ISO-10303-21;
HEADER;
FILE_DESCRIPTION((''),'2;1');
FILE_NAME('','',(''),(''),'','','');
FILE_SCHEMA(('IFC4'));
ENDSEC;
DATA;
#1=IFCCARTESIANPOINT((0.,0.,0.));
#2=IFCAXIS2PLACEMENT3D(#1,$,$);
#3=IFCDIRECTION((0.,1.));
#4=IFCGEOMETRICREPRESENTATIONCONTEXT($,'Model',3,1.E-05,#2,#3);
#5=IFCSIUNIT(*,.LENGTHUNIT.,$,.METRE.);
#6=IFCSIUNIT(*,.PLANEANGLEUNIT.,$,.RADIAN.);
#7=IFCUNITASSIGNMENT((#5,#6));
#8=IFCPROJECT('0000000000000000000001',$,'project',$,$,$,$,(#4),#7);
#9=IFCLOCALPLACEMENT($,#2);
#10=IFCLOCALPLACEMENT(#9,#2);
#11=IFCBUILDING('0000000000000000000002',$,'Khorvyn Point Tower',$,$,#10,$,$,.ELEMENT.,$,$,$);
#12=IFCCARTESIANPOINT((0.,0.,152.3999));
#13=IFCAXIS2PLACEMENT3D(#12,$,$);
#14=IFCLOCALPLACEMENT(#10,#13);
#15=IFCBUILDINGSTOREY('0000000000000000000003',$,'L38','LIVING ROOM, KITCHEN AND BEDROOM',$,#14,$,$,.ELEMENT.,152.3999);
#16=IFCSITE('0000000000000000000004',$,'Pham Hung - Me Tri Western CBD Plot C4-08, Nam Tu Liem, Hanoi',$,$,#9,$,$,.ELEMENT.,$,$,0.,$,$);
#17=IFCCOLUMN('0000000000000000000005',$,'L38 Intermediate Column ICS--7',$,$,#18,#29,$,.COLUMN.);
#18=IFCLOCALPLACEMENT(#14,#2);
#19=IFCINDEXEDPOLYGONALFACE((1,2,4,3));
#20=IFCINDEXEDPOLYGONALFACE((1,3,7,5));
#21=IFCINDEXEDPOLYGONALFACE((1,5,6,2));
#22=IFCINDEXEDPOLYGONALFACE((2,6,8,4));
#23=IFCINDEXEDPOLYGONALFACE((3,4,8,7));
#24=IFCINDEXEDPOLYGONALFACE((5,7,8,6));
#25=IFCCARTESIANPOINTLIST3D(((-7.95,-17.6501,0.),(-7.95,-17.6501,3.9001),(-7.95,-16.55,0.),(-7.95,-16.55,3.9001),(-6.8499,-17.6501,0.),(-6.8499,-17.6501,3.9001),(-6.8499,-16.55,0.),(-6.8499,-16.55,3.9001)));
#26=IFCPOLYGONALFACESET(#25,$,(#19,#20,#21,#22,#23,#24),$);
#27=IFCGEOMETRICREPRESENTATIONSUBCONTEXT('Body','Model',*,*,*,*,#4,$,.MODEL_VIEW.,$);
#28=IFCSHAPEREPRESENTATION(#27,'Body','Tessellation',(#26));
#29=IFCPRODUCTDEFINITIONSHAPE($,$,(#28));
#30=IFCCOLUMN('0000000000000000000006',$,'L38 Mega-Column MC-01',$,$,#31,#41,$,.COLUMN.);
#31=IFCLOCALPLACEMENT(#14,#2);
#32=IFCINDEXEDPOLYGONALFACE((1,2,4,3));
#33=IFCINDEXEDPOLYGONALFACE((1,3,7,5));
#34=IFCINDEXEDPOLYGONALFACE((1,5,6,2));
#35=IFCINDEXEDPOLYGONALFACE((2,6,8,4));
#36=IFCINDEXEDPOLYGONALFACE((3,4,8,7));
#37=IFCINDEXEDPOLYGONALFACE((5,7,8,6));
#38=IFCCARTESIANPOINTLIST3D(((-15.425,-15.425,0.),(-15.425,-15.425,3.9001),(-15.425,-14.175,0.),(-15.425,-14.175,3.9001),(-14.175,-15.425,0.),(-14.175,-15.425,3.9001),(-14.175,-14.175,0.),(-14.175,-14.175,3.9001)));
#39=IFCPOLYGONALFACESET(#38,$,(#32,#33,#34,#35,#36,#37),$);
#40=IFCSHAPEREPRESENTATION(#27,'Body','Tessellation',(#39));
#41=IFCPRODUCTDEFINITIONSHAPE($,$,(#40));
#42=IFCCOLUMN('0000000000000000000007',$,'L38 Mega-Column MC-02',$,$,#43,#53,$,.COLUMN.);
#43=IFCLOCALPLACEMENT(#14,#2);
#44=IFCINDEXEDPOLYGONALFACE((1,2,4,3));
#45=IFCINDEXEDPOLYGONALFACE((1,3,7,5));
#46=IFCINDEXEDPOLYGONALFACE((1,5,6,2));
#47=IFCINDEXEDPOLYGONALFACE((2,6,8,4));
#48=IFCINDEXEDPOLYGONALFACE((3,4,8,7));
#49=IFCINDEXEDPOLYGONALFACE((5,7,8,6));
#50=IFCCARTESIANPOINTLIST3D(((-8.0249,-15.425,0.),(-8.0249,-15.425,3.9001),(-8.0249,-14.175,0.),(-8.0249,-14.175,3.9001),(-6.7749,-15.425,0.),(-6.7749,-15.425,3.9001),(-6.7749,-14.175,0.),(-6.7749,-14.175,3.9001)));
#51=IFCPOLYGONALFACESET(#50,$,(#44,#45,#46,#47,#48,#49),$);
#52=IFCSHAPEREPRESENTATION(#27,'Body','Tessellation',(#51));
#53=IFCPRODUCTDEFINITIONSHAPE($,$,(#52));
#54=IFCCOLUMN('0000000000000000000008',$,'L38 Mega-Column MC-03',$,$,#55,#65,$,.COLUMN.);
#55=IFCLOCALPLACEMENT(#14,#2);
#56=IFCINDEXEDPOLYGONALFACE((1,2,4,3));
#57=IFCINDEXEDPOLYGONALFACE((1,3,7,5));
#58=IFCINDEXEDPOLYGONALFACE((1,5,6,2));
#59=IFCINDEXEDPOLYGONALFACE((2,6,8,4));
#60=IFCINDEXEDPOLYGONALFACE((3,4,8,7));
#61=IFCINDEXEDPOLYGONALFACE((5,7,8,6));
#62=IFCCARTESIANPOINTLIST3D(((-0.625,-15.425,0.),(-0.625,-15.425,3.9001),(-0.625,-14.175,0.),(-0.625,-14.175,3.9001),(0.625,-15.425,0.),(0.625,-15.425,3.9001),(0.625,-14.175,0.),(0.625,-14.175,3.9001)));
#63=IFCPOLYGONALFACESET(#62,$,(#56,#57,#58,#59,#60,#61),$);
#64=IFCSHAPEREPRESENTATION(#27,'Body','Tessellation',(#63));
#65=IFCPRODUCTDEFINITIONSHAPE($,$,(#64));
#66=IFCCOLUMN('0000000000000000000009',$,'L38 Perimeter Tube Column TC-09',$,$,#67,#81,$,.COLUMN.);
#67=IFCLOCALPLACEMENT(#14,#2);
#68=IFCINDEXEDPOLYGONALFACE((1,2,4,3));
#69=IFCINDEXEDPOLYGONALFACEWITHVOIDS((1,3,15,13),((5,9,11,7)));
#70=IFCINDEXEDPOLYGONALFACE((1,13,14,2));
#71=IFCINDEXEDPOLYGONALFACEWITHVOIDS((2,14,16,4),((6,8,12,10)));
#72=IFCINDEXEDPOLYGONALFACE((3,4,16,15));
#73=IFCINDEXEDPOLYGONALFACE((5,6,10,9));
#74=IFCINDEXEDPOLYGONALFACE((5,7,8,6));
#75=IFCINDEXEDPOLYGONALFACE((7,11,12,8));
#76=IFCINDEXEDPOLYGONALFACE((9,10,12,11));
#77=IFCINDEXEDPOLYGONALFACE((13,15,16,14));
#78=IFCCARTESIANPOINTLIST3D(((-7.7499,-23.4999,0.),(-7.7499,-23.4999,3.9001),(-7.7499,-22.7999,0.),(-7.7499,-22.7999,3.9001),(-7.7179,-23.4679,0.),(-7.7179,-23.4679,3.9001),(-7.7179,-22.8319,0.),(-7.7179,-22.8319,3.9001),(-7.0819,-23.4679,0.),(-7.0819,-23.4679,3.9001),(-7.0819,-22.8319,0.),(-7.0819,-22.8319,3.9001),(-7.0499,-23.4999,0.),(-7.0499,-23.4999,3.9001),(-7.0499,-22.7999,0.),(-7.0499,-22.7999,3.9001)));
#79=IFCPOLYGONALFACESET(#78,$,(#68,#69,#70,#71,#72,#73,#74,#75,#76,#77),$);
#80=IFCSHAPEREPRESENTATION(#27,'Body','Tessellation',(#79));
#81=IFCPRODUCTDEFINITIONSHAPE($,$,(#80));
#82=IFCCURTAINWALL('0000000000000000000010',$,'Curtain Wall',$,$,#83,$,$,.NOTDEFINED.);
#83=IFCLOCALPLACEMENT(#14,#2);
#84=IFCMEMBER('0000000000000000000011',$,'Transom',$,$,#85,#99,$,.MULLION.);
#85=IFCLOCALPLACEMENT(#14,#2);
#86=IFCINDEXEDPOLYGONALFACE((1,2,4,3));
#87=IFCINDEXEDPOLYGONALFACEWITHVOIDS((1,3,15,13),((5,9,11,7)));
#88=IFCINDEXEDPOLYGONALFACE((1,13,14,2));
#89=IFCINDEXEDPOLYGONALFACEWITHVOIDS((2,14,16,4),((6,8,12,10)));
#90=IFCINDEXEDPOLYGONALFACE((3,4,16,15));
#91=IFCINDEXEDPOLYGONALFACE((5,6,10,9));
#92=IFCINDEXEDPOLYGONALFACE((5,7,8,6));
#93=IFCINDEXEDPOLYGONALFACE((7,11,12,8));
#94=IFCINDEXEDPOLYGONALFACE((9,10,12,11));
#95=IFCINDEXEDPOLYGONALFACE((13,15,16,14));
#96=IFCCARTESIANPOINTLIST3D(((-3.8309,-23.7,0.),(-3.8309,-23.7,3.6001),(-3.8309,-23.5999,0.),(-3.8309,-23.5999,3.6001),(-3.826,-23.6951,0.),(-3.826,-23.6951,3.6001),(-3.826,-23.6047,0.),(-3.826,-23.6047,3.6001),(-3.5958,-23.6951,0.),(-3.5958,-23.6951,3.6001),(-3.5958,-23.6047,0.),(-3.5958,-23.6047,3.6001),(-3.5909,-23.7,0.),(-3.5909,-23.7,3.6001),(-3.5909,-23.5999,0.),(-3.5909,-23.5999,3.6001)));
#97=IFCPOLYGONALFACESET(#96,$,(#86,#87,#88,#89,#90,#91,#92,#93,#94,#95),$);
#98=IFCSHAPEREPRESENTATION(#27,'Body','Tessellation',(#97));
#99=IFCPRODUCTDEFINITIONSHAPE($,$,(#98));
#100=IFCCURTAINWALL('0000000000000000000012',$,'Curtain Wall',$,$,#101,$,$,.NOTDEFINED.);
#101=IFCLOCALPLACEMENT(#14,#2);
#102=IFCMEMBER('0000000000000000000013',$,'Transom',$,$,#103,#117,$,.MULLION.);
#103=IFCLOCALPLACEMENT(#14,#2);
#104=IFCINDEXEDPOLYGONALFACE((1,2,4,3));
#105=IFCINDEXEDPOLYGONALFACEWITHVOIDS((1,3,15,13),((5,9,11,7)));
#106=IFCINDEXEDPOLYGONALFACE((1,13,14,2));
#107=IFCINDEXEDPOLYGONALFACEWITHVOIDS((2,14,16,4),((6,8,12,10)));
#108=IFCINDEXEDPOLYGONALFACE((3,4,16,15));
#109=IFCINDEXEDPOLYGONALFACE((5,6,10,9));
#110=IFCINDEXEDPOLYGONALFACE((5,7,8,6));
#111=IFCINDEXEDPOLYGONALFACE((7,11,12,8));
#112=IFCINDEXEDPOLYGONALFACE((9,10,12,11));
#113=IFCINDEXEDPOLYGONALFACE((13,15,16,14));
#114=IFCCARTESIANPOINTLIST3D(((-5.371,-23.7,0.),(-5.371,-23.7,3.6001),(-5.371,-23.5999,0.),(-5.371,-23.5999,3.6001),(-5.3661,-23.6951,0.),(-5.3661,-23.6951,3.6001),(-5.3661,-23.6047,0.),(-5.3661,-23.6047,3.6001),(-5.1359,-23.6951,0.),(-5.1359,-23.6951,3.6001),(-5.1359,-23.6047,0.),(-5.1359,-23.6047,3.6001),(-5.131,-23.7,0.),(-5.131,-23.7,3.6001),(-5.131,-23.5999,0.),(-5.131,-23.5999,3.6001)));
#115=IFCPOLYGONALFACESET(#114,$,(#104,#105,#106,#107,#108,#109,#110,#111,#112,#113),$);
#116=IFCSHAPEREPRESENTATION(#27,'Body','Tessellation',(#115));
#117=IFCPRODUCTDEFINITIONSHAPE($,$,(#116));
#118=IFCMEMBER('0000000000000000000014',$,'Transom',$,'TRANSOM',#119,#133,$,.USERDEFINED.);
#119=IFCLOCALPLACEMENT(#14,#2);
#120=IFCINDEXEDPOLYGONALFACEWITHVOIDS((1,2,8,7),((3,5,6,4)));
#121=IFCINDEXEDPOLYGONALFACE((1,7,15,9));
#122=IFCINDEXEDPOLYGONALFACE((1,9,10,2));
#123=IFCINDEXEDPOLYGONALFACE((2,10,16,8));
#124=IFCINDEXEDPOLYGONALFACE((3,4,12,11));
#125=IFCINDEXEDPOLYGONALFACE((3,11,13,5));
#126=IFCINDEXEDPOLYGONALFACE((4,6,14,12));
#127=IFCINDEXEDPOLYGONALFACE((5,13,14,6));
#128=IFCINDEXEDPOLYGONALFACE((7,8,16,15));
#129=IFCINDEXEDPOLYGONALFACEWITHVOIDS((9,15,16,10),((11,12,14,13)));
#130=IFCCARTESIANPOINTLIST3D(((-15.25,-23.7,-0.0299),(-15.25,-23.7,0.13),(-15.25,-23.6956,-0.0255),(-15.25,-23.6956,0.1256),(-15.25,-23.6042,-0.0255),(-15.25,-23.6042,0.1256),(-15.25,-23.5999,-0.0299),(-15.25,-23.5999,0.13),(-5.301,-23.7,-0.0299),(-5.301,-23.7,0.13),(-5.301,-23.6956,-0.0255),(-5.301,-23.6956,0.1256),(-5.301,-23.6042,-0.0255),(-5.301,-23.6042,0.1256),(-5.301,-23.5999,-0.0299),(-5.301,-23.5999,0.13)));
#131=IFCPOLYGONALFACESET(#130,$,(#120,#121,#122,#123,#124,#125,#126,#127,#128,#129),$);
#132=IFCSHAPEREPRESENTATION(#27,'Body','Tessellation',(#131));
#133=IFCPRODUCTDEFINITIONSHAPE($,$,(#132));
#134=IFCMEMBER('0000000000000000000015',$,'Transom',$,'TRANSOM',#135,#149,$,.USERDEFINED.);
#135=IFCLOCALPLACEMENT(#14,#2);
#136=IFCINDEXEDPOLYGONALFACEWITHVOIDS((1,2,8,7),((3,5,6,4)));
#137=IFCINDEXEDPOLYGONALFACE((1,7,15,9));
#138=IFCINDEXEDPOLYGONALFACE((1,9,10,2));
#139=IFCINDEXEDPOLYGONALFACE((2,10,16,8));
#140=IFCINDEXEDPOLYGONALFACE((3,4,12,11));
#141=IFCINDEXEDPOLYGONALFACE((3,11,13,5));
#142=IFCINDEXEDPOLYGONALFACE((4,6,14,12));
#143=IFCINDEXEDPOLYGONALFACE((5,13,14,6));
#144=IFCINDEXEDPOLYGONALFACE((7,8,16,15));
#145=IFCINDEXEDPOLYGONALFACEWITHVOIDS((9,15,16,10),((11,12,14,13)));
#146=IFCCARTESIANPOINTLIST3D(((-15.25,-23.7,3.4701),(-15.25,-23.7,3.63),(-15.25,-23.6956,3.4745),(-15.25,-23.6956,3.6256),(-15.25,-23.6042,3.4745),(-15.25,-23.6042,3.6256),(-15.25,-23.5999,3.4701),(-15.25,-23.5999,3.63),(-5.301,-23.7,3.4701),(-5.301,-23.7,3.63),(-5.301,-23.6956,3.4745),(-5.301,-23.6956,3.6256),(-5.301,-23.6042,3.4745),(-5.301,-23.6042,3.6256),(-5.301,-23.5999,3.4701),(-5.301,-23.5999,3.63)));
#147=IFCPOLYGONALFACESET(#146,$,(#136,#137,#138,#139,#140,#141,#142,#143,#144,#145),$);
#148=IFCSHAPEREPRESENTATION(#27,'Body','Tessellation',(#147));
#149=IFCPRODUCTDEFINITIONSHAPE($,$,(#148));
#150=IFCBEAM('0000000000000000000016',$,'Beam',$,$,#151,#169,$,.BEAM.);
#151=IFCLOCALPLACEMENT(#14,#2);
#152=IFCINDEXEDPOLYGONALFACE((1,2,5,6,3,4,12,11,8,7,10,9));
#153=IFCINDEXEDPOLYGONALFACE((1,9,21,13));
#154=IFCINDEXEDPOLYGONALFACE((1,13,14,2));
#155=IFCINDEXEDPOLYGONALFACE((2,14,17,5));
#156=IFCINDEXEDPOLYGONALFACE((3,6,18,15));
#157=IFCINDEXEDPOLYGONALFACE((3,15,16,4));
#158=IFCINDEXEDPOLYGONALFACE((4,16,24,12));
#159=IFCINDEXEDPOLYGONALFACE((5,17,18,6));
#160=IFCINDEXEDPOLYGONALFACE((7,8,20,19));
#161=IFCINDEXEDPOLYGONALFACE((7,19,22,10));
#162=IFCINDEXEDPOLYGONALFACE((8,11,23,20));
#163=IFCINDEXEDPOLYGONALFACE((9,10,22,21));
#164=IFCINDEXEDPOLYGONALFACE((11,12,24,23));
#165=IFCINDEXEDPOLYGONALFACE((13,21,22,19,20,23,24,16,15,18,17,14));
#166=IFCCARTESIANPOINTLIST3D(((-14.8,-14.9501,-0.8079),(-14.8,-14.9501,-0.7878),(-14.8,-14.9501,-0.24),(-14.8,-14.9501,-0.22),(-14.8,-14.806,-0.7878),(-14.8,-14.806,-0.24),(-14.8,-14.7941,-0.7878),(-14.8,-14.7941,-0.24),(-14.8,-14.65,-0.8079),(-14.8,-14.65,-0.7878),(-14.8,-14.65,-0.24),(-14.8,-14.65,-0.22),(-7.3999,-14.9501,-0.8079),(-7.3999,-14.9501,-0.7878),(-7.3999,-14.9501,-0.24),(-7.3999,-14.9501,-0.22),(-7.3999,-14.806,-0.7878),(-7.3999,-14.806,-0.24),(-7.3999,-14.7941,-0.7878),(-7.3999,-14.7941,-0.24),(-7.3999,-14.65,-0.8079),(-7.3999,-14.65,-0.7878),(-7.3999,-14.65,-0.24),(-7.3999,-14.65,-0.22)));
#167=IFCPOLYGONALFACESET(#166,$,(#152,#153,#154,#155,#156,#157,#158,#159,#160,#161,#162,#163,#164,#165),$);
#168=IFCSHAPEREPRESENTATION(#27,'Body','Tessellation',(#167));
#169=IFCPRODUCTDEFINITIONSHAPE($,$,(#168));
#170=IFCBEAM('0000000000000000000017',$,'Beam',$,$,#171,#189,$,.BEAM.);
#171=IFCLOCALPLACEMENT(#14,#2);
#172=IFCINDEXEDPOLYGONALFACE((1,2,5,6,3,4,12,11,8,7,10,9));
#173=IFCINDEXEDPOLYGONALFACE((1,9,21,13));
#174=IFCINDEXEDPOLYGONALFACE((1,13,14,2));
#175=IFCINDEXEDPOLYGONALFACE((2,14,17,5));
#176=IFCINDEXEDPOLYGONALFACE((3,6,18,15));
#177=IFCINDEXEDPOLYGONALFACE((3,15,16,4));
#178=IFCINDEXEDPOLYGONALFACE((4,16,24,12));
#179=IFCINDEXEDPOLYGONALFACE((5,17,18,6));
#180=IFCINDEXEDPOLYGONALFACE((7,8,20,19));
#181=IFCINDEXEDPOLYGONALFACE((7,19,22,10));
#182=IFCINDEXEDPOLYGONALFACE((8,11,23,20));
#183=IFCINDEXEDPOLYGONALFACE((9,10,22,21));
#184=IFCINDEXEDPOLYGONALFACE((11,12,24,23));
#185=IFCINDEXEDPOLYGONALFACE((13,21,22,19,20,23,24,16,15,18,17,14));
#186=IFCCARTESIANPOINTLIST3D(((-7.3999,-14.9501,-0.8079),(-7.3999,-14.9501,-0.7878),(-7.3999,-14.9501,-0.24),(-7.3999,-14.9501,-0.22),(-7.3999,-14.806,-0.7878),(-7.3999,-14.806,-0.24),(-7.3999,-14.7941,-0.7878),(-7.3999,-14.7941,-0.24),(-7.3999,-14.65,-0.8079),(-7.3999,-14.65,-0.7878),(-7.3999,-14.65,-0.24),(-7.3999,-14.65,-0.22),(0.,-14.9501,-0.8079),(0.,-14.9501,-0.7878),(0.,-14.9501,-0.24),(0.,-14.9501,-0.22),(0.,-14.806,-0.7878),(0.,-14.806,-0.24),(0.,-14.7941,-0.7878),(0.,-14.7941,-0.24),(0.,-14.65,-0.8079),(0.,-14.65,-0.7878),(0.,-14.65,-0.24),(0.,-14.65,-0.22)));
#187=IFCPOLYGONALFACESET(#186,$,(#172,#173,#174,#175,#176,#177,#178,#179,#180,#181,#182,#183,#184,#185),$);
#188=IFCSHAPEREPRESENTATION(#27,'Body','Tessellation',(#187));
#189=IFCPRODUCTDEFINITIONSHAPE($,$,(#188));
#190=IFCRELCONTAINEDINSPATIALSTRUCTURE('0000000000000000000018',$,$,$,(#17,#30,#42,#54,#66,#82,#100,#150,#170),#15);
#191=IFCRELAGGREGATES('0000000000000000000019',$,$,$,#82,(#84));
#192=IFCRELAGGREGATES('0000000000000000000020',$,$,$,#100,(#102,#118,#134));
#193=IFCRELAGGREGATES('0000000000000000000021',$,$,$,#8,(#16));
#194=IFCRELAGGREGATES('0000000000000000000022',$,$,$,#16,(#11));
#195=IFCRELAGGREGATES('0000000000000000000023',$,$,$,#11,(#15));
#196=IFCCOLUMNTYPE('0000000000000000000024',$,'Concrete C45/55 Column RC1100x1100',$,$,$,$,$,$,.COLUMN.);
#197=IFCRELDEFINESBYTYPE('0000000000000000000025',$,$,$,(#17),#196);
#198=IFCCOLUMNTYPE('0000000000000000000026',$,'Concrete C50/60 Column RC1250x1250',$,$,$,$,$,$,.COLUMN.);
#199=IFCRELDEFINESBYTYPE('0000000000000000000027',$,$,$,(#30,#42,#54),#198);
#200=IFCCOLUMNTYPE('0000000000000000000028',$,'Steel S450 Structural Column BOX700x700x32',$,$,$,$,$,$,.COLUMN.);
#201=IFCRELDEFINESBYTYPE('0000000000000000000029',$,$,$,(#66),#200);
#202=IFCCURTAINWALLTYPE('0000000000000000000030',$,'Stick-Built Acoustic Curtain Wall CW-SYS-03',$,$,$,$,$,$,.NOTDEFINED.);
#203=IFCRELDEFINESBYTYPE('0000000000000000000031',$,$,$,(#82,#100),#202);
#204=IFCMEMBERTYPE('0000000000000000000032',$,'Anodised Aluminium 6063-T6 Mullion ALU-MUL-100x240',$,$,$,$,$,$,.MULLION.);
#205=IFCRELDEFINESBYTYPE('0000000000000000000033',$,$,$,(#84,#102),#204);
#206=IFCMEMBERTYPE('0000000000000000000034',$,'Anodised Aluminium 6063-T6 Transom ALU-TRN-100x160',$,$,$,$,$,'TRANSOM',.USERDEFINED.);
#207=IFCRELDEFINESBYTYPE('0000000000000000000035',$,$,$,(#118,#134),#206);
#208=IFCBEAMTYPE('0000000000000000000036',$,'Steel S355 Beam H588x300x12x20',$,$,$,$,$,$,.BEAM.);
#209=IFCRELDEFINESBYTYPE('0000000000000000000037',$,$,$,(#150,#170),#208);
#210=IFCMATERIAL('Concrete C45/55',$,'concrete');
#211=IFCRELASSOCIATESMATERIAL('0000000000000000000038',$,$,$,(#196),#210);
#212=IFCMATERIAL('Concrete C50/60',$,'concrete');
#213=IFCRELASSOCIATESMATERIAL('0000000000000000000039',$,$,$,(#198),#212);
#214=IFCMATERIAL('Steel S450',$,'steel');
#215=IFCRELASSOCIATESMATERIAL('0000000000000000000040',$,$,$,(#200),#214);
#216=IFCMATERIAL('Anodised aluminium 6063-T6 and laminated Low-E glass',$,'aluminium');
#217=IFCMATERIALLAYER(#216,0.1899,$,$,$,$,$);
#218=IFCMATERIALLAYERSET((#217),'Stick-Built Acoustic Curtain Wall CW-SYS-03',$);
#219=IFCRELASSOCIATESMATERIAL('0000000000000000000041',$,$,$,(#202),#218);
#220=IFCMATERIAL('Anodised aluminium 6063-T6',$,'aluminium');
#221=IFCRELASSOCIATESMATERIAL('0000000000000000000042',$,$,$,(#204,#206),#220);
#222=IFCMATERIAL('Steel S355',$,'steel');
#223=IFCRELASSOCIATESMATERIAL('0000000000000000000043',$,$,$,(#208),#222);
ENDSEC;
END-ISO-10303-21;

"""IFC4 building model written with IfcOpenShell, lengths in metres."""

from ifc_helpers import new_model, si_unit, direction, frame, origin, origin_2d, place, context, subcontext, project, spatial, rectangle, hollow_rectangle, i_section, extrude, material, layer, layer_set, material_profile, profile_set, type_object, element, aggregate, save


model = new_model("IFC4")

# Units and contexts
model_context = context("Model", 3, precision=1e-05, world=origin(), true_north=direction((0.0, 1.0)))
body_context = subcontext(model_context, "Body", "Model", "MODEL_VIEW")
ifc_project = project(units=[si_unit("LENGTHUNIT", "METRE"), si_unit("PLANEANGLEUNIT", "RADIAN")], contexts=[model_context])

# Site, building, storey
site_placement = place(None, origin())
site = spatial("IfcSite", under=ifc_project, at=site_placement, Name="Pham Hung - Me Tri Western CBD Plot C4-08, Nam Tu Liem, Hanoi", CompositionType="ELEMENT", RefElevation=0.0)
building_placement = place(site_placement, origin())
building = spatial("IfcBuilding", under=site, at=building_placement, Name="Khorvyn Point Tower", CompositionType="ELEMENT")
storey_placement = place(building_placement, frame((0.0, 0.0, 152.3999)))
storey = spatial("IfcBuildingStorey", under=building, at=storey_placement, Name="L38", Description="LIVING ROOM, KITCHEN AND BEDROOM", CompositionType="ELEMENT", Elevation=152.3999)

# Columns
ifc_material_1 = material(Name="Concrete C45/55", Category="concrete")
ifc_material_profile_1 = material_profile(ifc_material_1, rectangle(XDim=1.1001, YDim=1.1001, at=origin_2d()))
ifc_profile_set_1 = profile_set([ifc_material_profile_1], Name="Concrete C45/55 RC1100x1100")
column_type_1 = type_object("IfcColumnType", Name="Concrete C45/55 Column RC1100x1100", PredefinedType="COLUMN", material=ifc_profile_set_1)
column_1_placement = place(storey_placement, frame((-7.3999, -17.1001, 0.0), z_axis=(0.0, 0.0, 1.0), x_axis=(1.0, 0.0, 0.0)))
element("IfcColumn", 1, at=column_1_placement, inside=storey, type_object=column_type_1, Name="L38 Intermediate Column ICS--7", PredefinedType="COLUMN", context=body_context, shape_type="SweptSolid", body=[
    extrude(rectangle(XDim=1.1001, YDim=1.1001, at=origin_2d()), origin(), (0.0, 0.0, 1.0), 3.9001),
])
ifc_material_2 = material(Name="Concrete C50/60", Category="concrete")
ifc_material_profile_2 = material_profile(ifc_material_2, rectangle(XDim=1.25, YDim=1.25, at=origin_2d()))
ifc_profile_set_2 = profile_set([ifc_material_profile_2], Name="Concrete C50/60 RC1250x1250")
column_type_2 = type_object("IfcColumnType", Name="Concrete C50/60 Column RC1250x1250", PredefinedType="COLUMN", material=ifc_profile_set_2)
for number, where, z_axis, x_axis, name in (
    (2, (-14.8, -14.8, 0.0), (0.0, 0.0, 1.0), (1.0, 0.0, 0.0), "L38 Mega-Column MC-01"),
    (3, (-7.3999, -14.8, 0.0), (0.0, 0.0, 1.0), (1.0, 0.0, 0.0), "L38 Mega-Column MC-02"),
    (4, (0.0, -14.8, 0.0), (0.0, 0.0, 1.0), (1.0, 0.0, 0.0), "L38 Mega-Column MC-03"),
):
    element("IfcColumn", number, at=place(storey_placement, frame(where, z_axis=z_axis, x_axis=x_axis)), inside=storey, type_object=column_type_2, Name=name, PredefinedType="COLUMN", context=body_context, shape_type="SweptSolid", body=[
        extrude(rectangle(XDim=1.25, YDim=1.25, at=origin_2d()), origin(), (0.0, 0.0, 1.0), 3.9001),
    ])
ifc_material_3 = material(Name="Steel S450", Category="steel")
ifc_material_profile_3 = material_profile(ifc_material_3, hollow_rectangle(XDim=0.7, YDim=0.7, WallThickness=0.032, at=origin_2d()))
ifc_profile_set_3 = profile_set([ifc_material_profile_3], Name="Steel S450 BOX700x700x32")
column_type_3 = type_object("IfcColumnType", Name="Steel S450 Structural Column BOX700x700x32", PredefinedType="COLUMN", material=ifc_profile_set_3)
column_2_placement = place(storey_placement, frame((-7.3999, -23.1499, 0.0), z_axis=(0.0, 0.0, 1.0), x_axis=(1.0, 0.0, 0.0)))
element("IfcColumn", 5, at=column_2_placement, inside=storey, type_object=column_type_3, Name="L38 Perimeter Tube Column TC-09", PredefinedType="COLUMN", context=body_context, shape_type="SweptSolid", body=[
    extrude(hollow_rectangle(XDim=0.7, YDim=0.7, WallThickness=0.032, at=origin_2d()), origin(), (0.0, 0.0, 1.0), 3.9001),
])

# Curtain wall, member
ifc_material_4 = material(Name="Anodised aluminium 6063-T6 and laminated Low-E glass", Category="aluminium")
ifc_layer_1 = layer(ifc_material_4, 0.1899)
ifc_layer_set_1 = layer_set([ifc_layer_1], Name="Stick-Built Acoustic Curtain Wall CW-SYS-03")
curtain_wall_type = type_object("IfcCurtainWallType", Name="Stick-Built Acoustic Curtain Wall CW-SYS-03", PredefinedType="NOTDEFINED", material=ifc_layer_set_1)
curtain_wall_1_placement = place(storey_placement, origin())
curtain_wall_1 = element("IfcCurtainWall", 6, at=curtain_wall_1_placement, inside=storey, type_object=curtain_wall_type, Name="Curtain Wall", PredefinedType="NOTDEFINED")
ifc_material_5 = material(Name="Anodised aluminium 6063-T6", Category="aluminium")
ifc_material_profile_4 = material_profile(ifc_material_5, hollow_rectangle(XDim=0.1001, YDim=0.24, WallThickness=0.0049, at=origin_2d()))
ifc_profile_set_4 = profile_set([ifc_material_profile_4], Name="Anodised aluminium 6063-T6 ALU-MUL-100x240")
member_type_1 = type_object("IfcMemberType", Name="Anodised Aluminium 6063-T6 Mullion ALU-MUL-100x240", PredefinedType="MULLION", material=ifc_profile_set_4)
member_1_placement = place(storey_placement, frame((-3.7109, -23.6499, 0.0), z_axis=(0.0, 0.0, 1.0), x_axis=(0.0, -1.0, 0.0)))
member_1 = element("IfcMember", 7, at=member_1_placement, type_object=member_type_1, Name="Transom", PredefinedType="MULLION", context=body_context, shape_type="SweptSolid", body=[
    extrude(hollow_rectangle(XDim=0.1001, YDim=0.24, WallThickness=0.0049, at=origin_2d()), origin(), (0.0, 0.0, 1.0), 3.6001),
])
aggregate(curtain_wall_1, [member_1])

# Curtain wall, members
curtain_wall_2_placement = place(storey_placement, origin())
curtain_wall_2 = element("IfcCurtainWall", 8, at=curtain_wall_2_placement, inside=storey, type_object=curtain_wall_type, Name="Curtain Wall", PredefinedType="NOTDEFINED")
member_2_placement = place(storey_placement, frame((-5.251, -23.6499, 0.0), z_axis=(0.0, 0.0, 1.0), x_axis=(0.0, -1.0, 0.0)))
member_2 = element("IfcMember", 9, at=member_2_placement, type_object=member_type_1, Name="Transom", PredefinedType="MULLION", context=body_context, shape_type="SweptSolid", body=[
    extrude(hollow_rectangle(XDim=0.1001, YDim=0.24, WallThickness=0.0049, at=origin_2d()), origin(), (0.0, 0.0, 1.0), 3.6001),
])
ifc_material_profile_5 = material_profile(ifc_material_5, hollow_rectangle(XDim=0.1001, YDim=0.1599, WallThickness=0.0044, at=origin_2d()))
ifc_profile_set_5 = profile_set([ifc_material_profile_5], Name="Anodised aluminium 6063-T6 ALU-TRN-100x160")
member_type_2 = type_object("IfcMemberType", Name="Anodised Aluminium 6063-T6 Transom ALU-TRN-100x160", ElementType="TRANSOM", PredefinedType="USERDEFINED", material=ifc_profile_set_5)
member_3_placement = place(storey_placement, frame((-5.301, -23.6499, 0.05), z_axis=(-1.0, 0.0, 0.0), x_axis=(0.0, -1.0, 0.0)))
member_3 = element("IfcMember", 10, at=member_3_placement, type_object=member_type_2, Name="Transom", ObjectType="TRANSOM", PredefinedType="USERDEFINED", context=body_context, shape_type="SweptSolid", body=[
    extrude(hollow_rectangle(XDim=0.1001, YDim=0.1599, WallThickness=0.0044, at=origin_2d()), origin(), (0.0, 0.0, 1.0), 9.949),
])
member_4_placement = place(storey_placement, frame((-5.301, -23.6499, 3.55), z_axis=(-1.0, 0.0, 0.0), x_axis=(0.0, -1.0, 0.0)))
member_4 = element("IfcMember", 11, at=member_4_placement, type_object=member_type_2, Name="Transom", ObjectType="TRANSOM", PredefinedType="USERDEFINED", context=body_context, shape_type="SweptSolid", body=[
    extrude(hollow_rectangle(XDim=0.1001, YDim=0.1599, WallThickness=0.0044, at=origin_2d()), origin(), (0.0, 0.0, 1.0), 9.949),
])

# Beams
ifc_material_6 = material(Name="Steel S355", Category="steel")
ifc_material_profile_6 = material_profile(ifc_material_6, i_section(OverallWidth=0.3, OverallDepth=0.5879, WebThickness=0.012, FlangeThickness=0.02, at=origin_2d()))
ifc_profile_set_6 = profile_set([ifc_material_profile_6], Name="Steel S355 H588x300x12x20")
beam_type_1 = type_object("IfcBeamType", Name="Steel S355 Beam H588x300x12x20", PredefinedType="BEAM", material=ifc_profile_set_6)
beam_1_placement = place(storey_placement, frame((-14.8, -14.8, -0.5139), z_axis=(1.0, 0.0, 0.0), x_axis=(0.0, 1.0, 0.0)))
element("IfcBeam", 12, at=beam_1_placement, inside=storey, type_object=beam_type_1, Name="Beam", PredefinedType="BEAM", context=body_context, shape_type="SweptSolid", body=[
    extrude(i_section(OverallWidth=0.3, OverallDepth=0.5879, WebThickness=0.012, FlangeThickness=0.02, at=origin_2d()), origin(), (0.0, 0.0, 1.0), 7.4001),
])
beam_2_placement = place(storey_placement, frame((-7.3999, -14.8, -0.5139), z_axis=(1.0, 0.0, 0.0), x_axis=(0.0, 1.0, 0.0)))
element("IfcBeam", 13, at=beam_2_placement, inside=storey, type_object=beam_type_1, Name="Beam", PredefinedType="BEAM", context=body_context, shape_type="SweptSolid", body=[
    extrude(i_section(OverallWidth=0.3, OverallDepth=0.5879, WebThickness=0.012, FlangeThickness=0.02, at=origin_2d()), origin(), (0.0, 0.0, 1.0), 7.3999),
])

aggregate(curtain_wall_2, [member_2, member_3, member_4])

save(model, "model.ifc")
